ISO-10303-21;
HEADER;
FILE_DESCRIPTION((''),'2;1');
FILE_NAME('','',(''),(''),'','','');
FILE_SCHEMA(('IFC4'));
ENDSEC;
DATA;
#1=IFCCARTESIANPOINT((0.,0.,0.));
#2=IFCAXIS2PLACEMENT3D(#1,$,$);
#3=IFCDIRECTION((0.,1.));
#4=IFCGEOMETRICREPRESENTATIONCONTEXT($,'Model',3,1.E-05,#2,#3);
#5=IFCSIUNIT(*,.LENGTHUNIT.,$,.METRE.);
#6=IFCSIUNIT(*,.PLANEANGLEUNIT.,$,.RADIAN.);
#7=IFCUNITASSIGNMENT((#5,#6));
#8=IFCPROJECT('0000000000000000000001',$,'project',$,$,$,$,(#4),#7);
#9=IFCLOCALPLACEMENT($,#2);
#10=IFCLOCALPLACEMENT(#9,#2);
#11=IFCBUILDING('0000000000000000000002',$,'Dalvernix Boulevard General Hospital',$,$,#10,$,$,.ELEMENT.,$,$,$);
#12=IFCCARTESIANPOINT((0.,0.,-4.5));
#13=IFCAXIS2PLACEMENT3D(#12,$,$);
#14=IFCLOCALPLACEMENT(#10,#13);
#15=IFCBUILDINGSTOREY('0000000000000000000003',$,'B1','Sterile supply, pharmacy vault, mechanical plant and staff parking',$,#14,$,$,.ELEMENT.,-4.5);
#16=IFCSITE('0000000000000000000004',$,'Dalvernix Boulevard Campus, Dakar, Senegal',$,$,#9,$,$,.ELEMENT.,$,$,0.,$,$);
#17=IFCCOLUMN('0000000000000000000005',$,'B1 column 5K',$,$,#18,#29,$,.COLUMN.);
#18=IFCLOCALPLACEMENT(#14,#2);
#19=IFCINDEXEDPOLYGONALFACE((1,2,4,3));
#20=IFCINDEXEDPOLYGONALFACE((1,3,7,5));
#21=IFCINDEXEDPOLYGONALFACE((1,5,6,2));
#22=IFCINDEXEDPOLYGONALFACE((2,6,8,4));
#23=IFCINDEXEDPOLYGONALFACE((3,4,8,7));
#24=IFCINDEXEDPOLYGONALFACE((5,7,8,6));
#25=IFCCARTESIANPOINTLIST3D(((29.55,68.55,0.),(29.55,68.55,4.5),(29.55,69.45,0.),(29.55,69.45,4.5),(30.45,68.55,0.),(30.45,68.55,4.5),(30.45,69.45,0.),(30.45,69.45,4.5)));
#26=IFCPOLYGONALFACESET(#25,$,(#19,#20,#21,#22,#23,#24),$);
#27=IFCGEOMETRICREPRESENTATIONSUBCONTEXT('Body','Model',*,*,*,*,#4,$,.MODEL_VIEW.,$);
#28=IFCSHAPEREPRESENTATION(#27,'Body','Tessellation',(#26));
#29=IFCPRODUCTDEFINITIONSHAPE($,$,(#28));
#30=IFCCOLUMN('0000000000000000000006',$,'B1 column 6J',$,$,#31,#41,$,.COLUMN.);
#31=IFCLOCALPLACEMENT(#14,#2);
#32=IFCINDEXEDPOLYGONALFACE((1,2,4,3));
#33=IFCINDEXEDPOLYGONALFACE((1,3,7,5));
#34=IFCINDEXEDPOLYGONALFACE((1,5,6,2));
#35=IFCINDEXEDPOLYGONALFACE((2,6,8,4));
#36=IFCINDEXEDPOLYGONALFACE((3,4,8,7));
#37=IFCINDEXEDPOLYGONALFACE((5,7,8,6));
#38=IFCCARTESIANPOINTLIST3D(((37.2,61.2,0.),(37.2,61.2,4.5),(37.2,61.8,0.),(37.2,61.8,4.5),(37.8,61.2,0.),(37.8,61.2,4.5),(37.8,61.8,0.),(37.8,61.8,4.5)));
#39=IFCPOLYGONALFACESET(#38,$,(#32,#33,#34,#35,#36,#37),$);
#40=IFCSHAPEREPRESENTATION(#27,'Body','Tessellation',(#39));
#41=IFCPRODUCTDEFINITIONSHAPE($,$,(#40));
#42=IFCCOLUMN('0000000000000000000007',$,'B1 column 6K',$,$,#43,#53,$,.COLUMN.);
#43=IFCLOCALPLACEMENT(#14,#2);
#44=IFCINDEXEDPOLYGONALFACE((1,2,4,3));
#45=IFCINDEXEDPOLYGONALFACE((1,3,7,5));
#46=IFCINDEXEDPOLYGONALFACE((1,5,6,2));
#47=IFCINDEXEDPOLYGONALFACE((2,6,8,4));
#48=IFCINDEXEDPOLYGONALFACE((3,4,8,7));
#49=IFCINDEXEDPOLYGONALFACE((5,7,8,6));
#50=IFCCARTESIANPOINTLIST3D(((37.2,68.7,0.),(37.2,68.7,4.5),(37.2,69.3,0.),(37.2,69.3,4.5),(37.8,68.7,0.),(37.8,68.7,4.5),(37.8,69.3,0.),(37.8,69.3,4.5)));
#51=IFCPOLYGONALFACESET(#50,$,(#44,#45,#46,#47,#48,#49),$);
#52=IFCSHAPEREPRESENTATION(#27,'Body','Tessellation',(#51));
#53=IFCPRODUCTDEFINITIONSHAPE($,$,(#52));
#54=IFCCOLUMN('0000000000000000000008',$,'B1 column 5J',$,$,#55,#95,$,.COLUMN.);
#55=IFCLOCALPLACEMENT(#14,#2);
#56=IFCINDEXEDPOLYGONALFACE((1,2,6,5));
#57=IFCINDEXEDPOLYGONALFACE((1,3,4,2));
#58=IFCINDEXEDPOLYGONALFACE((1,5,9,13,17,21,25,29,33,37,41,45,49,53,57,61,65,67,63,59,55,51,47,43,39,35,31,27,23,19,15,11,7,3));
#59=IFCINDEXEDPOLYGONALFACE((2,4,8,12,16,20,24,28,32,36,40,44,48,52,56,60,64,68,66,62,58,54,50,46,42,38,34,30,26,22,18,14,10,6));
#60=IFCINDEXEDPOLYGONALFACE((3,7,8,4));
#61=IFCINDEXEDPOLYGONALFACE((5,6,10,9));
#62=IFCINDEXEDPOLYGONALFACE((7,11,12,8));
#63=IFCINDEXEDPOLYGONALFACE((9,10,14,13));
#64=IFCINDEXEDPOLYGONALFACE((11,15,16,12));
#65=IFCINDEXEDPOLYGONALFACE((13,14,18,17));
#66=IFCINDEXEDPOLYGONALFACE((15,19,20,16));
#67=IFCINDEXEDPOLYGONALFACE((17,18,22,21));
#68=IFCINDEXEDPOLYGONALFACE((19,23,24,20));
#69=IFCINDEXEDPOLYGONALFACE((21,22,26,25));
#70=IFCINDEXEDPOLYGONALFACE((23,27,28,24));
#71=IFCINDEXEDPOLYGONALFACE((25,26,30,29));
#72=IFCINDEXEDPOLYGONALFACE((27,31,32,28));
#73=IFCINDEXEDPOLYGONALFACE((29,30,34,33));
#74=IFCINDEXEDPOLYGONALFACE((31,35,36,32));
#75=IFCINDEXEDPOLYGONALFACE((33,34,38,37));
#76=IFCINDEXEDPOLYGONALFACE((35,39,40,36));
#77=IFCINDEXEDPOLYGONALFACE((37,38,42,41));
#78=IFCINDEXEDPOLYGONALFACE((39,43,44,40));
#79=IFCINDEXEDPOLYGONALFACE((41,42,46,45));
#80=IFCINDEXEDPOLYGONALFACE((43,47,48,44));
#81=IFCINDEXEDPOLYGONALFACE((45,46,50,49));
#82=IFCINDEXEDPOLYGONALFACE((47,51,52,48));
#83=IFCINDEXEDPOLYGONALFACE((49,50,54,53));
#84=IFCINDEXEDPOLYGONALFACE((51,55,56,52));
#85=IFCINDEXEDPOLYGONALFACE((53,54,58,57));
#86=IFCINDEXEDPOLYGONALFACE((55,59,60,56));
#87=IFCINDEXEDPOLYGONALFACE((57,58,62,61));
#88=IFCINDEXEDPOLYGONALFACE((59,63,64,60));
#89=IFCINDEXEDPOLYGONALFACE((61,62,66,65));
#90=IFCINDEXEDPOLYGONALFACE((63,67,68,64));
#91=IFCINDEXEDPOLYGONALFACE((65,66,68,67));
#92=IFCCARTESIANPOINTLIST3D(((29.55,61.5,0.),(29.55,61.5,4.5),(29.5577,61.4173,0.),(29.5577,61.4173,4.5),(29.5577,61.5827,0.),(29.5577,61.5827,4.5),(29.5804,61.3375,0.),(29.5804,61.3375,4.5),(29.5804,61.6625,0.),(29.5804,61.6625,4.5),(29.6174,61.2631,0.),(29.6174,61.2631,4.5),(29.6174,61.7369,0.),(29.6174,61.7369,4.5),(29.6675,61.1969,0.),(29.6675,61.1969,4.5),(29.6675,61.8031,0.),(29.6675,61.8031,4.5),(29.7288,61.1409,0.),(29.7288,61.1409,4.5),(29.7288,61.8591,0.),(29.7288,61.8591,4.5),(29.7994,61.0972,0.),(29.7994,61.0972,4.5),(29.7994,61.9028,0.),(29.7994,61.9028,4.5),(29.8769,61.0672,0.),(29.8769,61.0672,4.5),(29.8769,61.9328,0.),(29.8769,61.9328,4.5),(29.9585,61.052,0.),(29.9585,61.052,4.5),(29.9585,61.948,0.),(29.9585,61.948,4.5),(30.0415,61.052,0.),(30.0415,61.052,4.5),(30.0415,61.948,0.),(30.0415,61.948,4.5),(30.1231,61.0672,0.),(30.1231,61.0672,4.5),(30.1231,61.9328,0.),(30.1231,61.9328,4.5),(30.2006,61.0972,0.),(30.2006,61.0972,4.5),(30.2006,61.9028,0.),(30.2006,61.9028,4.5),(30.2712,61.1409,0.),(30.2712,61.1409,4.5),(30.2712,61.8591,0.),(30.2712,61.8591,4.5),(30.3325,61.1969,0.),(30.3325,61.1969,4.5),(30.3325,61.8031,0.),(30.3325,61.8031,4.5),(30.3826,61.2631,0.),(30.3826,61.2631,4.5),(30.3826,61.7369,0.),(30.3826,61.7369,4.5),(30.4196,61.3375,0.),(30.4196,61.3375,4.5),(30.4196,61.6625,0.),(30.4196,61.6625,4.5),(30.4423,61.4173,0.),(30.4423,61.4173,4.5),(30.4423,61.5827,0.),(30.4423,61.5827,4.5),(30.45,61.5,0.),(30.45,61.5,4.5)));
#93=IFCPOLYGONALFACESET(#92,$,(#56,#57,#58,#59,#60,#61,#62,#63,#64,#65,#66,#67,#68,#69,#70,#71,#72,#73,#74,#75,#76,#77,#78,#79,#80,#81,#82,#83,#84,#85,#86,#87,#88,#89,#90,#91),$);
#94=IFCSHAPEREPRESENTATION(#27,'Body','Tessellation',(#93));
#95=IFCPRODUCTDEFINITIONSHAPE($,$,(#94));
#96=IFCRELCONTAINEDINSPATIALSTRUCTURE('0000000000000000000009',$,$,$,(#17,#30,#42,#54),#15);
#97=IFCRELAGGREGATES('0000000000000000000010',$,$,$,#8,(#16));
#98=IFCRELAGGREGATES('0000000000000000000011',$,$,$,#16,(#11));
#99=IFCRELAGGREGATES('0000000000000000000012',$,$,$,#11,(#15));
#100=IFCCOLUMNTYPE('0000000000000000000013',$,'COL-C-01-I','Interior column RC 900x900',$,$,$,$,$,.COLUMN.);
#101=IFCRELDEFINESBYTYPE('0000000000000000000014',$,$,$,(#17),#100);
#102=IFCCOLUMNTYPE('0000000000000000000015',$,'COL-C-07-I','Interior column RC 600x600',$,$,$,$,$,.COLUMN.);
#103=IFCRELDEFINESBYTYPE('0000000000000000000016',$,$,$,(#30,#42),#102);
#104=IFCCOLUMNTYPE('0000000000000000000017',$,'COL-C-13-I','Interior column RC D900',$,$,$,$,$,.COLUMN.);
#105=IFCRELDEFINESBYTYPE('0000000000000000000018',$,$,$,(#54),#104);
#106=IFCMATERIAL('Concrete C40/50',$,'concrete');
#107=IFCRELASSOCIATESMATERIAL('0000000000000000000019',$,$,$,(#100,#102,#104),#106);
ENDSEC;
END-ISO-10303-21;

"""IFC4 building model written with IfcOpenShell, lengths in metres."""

from ifc_helpers import new_model, si_unit, direction, frame, origin, origin_2d, place, context, subcontext, project, spatial, rectangle, circle, extrude, material, material_profile, profile_set, type_object, element, save


model = new_model("IFC4")

# Units and contexts
model_context = context("Model", 3, precision=1e-05, world=origin(), true_north=direction((0.0, 1.0)))
body_context = subcontext(model_context, "Body", "Model", "MODEL_VIEW")
ifc_project = project(units=[si_unit("LENGTHUNIT", "METRE"), si_unit("PLANEANGLEUNIT", "RADIAN")], contexts=[model_context])

# Site, building, storey
site_placement = place(None, origin())
site = spatial("IfcSite", under=ifc_project, at=site_placement, Name="Dalvernix Boulevard Campus, Dakar, Senegal", CompositionType="ELEMENT", RefElevation=0.0)
building_placement = place(site_placement, origin())
building = spatial("IfcBuilding", under=site, at=building_placement, Name="Dalvernix Boulevard General Hospital", CompositionType="ELEMENT")
storey_placement = place(building_placement, frame((0.0, 0.0, -4.5)))
storey = spatial("IfcBuildingStorey", under=building, at=storey_placement, Name="B1", Description="Sterile supply, pharmacy vault, mechanical plant and staff parking", CompositionType="ELEMENT", Elevation=-4.5)

# Shared definitions
ifc_material_1 = material(Name="Concrete C40/50", Category="concrete")

# Columns
ifc_material_profile_1 = material_profile(ifc_material_1, rectangle(XDim=0.8999, YDim=0.8999, at=origin_2d()), Name="RC 900x900")
ifc_profile_set_1 = profile_set([ifc_material_profile_1], Name="Concrete C40/50")
column_type_1 = type_object("IfcColumnType", Name="COL-C-01-I", Description="Interior column RC 900x900", PredefinedType="COLUMN", material=ifc_profile_set_1)
column_1_placement = place(storey_placement, frame((30.0, 69.0, 0.0), z_axis=(0.0, 0.0, 1.0), x_axis=(1.0, 0.0, 0.0)))
element("IfcColumn", 1, at=column_1_placement, inside=storey, type_object=column_type_1, Name="B1 column 5K", PredefinedType="COLUMN", context=body_context, shape_type="SweptSolid", body=[
    extrude(rectangle(XDim=0.8999, YDim=0.8999, at=origin_2d()), origin(), (0.0, 0.0, 1.0), 4.5),
])
ifc_material_profile_2 = material_profile(ifc_material_1, rectangle(XDim=0.6001, YDim=0.6001, at=origin_2d()), Name="RC 600x600")
ifc_profile_set_2 = profile_set([ifc_material_profile_2], Name="Concrete C40/50")
column_type_2 = type_object("IfcColumnType", Name="COL-C-07-I", Description="Interior column RC 600x600", PredefinedType="COLUMN", material=ifc_profile_set_2)
for number, where, z_axis, x_axis, name in (
    (2, (37.5, 61.5, 0.0), (0.0, 0.0, 1.0), (1.0, 0.0, 0.0), "B1 column 6J"),
    (3, (37.5, 69.0, 0.0), (0.0, 0.0, 1.0), (1.0, 0.0, 0.0), "B1 column 6K"),
):
    element("IfcColumn", number, at=place(storey_placement, frame(where, z_axis=z_axis, x_axis=x_axis)), inside=storey, type_object=column_type_2, Name=name, PredefinedType="COLUMN", context=body_context, shape_type="SweptSolid", body=[
        extrude(rectangle(XDim=0.6001, YDim=0.6001, at=origin_2d()), origin(), (0.0, 0.0, 1.0), 4.5),
    ])
ifc_material_profile_3 = material_profile(ifc_material_1, circle(Radius=0.45, at=origin_2d()), Name="RC D900")
ifc_profile_set_3 = profile_set([ifc_material_profile_3], Name="Concrete C40/50")
column_type_3 = type_object("IfcColumnType", Name="COL-C-13-I", Description="Interior column RC D900", PredefinedType="COLUMN", material=ifc_profile_set_3)
column_2_placement = place(storey_placement, frame((30.0, 61.5, 0.0), z_axis=(0.0, 0.0, 1.0), x_axis=(1.0, 0.0, 0.0)))
element("IfcColumn", 4, at=column_2_placement, inside=storey, type_object=column_type_3, Name="B1 column 5J", PredefinedType="COLUMN", context=body_context, shape_type="SweptSolid", body=[
    extrude(circle(Radius=0.45, at=origin_2d()), origin(), (0.0, 0.0, 1.0), 4.5),
])

save(model, "model.ifc")
